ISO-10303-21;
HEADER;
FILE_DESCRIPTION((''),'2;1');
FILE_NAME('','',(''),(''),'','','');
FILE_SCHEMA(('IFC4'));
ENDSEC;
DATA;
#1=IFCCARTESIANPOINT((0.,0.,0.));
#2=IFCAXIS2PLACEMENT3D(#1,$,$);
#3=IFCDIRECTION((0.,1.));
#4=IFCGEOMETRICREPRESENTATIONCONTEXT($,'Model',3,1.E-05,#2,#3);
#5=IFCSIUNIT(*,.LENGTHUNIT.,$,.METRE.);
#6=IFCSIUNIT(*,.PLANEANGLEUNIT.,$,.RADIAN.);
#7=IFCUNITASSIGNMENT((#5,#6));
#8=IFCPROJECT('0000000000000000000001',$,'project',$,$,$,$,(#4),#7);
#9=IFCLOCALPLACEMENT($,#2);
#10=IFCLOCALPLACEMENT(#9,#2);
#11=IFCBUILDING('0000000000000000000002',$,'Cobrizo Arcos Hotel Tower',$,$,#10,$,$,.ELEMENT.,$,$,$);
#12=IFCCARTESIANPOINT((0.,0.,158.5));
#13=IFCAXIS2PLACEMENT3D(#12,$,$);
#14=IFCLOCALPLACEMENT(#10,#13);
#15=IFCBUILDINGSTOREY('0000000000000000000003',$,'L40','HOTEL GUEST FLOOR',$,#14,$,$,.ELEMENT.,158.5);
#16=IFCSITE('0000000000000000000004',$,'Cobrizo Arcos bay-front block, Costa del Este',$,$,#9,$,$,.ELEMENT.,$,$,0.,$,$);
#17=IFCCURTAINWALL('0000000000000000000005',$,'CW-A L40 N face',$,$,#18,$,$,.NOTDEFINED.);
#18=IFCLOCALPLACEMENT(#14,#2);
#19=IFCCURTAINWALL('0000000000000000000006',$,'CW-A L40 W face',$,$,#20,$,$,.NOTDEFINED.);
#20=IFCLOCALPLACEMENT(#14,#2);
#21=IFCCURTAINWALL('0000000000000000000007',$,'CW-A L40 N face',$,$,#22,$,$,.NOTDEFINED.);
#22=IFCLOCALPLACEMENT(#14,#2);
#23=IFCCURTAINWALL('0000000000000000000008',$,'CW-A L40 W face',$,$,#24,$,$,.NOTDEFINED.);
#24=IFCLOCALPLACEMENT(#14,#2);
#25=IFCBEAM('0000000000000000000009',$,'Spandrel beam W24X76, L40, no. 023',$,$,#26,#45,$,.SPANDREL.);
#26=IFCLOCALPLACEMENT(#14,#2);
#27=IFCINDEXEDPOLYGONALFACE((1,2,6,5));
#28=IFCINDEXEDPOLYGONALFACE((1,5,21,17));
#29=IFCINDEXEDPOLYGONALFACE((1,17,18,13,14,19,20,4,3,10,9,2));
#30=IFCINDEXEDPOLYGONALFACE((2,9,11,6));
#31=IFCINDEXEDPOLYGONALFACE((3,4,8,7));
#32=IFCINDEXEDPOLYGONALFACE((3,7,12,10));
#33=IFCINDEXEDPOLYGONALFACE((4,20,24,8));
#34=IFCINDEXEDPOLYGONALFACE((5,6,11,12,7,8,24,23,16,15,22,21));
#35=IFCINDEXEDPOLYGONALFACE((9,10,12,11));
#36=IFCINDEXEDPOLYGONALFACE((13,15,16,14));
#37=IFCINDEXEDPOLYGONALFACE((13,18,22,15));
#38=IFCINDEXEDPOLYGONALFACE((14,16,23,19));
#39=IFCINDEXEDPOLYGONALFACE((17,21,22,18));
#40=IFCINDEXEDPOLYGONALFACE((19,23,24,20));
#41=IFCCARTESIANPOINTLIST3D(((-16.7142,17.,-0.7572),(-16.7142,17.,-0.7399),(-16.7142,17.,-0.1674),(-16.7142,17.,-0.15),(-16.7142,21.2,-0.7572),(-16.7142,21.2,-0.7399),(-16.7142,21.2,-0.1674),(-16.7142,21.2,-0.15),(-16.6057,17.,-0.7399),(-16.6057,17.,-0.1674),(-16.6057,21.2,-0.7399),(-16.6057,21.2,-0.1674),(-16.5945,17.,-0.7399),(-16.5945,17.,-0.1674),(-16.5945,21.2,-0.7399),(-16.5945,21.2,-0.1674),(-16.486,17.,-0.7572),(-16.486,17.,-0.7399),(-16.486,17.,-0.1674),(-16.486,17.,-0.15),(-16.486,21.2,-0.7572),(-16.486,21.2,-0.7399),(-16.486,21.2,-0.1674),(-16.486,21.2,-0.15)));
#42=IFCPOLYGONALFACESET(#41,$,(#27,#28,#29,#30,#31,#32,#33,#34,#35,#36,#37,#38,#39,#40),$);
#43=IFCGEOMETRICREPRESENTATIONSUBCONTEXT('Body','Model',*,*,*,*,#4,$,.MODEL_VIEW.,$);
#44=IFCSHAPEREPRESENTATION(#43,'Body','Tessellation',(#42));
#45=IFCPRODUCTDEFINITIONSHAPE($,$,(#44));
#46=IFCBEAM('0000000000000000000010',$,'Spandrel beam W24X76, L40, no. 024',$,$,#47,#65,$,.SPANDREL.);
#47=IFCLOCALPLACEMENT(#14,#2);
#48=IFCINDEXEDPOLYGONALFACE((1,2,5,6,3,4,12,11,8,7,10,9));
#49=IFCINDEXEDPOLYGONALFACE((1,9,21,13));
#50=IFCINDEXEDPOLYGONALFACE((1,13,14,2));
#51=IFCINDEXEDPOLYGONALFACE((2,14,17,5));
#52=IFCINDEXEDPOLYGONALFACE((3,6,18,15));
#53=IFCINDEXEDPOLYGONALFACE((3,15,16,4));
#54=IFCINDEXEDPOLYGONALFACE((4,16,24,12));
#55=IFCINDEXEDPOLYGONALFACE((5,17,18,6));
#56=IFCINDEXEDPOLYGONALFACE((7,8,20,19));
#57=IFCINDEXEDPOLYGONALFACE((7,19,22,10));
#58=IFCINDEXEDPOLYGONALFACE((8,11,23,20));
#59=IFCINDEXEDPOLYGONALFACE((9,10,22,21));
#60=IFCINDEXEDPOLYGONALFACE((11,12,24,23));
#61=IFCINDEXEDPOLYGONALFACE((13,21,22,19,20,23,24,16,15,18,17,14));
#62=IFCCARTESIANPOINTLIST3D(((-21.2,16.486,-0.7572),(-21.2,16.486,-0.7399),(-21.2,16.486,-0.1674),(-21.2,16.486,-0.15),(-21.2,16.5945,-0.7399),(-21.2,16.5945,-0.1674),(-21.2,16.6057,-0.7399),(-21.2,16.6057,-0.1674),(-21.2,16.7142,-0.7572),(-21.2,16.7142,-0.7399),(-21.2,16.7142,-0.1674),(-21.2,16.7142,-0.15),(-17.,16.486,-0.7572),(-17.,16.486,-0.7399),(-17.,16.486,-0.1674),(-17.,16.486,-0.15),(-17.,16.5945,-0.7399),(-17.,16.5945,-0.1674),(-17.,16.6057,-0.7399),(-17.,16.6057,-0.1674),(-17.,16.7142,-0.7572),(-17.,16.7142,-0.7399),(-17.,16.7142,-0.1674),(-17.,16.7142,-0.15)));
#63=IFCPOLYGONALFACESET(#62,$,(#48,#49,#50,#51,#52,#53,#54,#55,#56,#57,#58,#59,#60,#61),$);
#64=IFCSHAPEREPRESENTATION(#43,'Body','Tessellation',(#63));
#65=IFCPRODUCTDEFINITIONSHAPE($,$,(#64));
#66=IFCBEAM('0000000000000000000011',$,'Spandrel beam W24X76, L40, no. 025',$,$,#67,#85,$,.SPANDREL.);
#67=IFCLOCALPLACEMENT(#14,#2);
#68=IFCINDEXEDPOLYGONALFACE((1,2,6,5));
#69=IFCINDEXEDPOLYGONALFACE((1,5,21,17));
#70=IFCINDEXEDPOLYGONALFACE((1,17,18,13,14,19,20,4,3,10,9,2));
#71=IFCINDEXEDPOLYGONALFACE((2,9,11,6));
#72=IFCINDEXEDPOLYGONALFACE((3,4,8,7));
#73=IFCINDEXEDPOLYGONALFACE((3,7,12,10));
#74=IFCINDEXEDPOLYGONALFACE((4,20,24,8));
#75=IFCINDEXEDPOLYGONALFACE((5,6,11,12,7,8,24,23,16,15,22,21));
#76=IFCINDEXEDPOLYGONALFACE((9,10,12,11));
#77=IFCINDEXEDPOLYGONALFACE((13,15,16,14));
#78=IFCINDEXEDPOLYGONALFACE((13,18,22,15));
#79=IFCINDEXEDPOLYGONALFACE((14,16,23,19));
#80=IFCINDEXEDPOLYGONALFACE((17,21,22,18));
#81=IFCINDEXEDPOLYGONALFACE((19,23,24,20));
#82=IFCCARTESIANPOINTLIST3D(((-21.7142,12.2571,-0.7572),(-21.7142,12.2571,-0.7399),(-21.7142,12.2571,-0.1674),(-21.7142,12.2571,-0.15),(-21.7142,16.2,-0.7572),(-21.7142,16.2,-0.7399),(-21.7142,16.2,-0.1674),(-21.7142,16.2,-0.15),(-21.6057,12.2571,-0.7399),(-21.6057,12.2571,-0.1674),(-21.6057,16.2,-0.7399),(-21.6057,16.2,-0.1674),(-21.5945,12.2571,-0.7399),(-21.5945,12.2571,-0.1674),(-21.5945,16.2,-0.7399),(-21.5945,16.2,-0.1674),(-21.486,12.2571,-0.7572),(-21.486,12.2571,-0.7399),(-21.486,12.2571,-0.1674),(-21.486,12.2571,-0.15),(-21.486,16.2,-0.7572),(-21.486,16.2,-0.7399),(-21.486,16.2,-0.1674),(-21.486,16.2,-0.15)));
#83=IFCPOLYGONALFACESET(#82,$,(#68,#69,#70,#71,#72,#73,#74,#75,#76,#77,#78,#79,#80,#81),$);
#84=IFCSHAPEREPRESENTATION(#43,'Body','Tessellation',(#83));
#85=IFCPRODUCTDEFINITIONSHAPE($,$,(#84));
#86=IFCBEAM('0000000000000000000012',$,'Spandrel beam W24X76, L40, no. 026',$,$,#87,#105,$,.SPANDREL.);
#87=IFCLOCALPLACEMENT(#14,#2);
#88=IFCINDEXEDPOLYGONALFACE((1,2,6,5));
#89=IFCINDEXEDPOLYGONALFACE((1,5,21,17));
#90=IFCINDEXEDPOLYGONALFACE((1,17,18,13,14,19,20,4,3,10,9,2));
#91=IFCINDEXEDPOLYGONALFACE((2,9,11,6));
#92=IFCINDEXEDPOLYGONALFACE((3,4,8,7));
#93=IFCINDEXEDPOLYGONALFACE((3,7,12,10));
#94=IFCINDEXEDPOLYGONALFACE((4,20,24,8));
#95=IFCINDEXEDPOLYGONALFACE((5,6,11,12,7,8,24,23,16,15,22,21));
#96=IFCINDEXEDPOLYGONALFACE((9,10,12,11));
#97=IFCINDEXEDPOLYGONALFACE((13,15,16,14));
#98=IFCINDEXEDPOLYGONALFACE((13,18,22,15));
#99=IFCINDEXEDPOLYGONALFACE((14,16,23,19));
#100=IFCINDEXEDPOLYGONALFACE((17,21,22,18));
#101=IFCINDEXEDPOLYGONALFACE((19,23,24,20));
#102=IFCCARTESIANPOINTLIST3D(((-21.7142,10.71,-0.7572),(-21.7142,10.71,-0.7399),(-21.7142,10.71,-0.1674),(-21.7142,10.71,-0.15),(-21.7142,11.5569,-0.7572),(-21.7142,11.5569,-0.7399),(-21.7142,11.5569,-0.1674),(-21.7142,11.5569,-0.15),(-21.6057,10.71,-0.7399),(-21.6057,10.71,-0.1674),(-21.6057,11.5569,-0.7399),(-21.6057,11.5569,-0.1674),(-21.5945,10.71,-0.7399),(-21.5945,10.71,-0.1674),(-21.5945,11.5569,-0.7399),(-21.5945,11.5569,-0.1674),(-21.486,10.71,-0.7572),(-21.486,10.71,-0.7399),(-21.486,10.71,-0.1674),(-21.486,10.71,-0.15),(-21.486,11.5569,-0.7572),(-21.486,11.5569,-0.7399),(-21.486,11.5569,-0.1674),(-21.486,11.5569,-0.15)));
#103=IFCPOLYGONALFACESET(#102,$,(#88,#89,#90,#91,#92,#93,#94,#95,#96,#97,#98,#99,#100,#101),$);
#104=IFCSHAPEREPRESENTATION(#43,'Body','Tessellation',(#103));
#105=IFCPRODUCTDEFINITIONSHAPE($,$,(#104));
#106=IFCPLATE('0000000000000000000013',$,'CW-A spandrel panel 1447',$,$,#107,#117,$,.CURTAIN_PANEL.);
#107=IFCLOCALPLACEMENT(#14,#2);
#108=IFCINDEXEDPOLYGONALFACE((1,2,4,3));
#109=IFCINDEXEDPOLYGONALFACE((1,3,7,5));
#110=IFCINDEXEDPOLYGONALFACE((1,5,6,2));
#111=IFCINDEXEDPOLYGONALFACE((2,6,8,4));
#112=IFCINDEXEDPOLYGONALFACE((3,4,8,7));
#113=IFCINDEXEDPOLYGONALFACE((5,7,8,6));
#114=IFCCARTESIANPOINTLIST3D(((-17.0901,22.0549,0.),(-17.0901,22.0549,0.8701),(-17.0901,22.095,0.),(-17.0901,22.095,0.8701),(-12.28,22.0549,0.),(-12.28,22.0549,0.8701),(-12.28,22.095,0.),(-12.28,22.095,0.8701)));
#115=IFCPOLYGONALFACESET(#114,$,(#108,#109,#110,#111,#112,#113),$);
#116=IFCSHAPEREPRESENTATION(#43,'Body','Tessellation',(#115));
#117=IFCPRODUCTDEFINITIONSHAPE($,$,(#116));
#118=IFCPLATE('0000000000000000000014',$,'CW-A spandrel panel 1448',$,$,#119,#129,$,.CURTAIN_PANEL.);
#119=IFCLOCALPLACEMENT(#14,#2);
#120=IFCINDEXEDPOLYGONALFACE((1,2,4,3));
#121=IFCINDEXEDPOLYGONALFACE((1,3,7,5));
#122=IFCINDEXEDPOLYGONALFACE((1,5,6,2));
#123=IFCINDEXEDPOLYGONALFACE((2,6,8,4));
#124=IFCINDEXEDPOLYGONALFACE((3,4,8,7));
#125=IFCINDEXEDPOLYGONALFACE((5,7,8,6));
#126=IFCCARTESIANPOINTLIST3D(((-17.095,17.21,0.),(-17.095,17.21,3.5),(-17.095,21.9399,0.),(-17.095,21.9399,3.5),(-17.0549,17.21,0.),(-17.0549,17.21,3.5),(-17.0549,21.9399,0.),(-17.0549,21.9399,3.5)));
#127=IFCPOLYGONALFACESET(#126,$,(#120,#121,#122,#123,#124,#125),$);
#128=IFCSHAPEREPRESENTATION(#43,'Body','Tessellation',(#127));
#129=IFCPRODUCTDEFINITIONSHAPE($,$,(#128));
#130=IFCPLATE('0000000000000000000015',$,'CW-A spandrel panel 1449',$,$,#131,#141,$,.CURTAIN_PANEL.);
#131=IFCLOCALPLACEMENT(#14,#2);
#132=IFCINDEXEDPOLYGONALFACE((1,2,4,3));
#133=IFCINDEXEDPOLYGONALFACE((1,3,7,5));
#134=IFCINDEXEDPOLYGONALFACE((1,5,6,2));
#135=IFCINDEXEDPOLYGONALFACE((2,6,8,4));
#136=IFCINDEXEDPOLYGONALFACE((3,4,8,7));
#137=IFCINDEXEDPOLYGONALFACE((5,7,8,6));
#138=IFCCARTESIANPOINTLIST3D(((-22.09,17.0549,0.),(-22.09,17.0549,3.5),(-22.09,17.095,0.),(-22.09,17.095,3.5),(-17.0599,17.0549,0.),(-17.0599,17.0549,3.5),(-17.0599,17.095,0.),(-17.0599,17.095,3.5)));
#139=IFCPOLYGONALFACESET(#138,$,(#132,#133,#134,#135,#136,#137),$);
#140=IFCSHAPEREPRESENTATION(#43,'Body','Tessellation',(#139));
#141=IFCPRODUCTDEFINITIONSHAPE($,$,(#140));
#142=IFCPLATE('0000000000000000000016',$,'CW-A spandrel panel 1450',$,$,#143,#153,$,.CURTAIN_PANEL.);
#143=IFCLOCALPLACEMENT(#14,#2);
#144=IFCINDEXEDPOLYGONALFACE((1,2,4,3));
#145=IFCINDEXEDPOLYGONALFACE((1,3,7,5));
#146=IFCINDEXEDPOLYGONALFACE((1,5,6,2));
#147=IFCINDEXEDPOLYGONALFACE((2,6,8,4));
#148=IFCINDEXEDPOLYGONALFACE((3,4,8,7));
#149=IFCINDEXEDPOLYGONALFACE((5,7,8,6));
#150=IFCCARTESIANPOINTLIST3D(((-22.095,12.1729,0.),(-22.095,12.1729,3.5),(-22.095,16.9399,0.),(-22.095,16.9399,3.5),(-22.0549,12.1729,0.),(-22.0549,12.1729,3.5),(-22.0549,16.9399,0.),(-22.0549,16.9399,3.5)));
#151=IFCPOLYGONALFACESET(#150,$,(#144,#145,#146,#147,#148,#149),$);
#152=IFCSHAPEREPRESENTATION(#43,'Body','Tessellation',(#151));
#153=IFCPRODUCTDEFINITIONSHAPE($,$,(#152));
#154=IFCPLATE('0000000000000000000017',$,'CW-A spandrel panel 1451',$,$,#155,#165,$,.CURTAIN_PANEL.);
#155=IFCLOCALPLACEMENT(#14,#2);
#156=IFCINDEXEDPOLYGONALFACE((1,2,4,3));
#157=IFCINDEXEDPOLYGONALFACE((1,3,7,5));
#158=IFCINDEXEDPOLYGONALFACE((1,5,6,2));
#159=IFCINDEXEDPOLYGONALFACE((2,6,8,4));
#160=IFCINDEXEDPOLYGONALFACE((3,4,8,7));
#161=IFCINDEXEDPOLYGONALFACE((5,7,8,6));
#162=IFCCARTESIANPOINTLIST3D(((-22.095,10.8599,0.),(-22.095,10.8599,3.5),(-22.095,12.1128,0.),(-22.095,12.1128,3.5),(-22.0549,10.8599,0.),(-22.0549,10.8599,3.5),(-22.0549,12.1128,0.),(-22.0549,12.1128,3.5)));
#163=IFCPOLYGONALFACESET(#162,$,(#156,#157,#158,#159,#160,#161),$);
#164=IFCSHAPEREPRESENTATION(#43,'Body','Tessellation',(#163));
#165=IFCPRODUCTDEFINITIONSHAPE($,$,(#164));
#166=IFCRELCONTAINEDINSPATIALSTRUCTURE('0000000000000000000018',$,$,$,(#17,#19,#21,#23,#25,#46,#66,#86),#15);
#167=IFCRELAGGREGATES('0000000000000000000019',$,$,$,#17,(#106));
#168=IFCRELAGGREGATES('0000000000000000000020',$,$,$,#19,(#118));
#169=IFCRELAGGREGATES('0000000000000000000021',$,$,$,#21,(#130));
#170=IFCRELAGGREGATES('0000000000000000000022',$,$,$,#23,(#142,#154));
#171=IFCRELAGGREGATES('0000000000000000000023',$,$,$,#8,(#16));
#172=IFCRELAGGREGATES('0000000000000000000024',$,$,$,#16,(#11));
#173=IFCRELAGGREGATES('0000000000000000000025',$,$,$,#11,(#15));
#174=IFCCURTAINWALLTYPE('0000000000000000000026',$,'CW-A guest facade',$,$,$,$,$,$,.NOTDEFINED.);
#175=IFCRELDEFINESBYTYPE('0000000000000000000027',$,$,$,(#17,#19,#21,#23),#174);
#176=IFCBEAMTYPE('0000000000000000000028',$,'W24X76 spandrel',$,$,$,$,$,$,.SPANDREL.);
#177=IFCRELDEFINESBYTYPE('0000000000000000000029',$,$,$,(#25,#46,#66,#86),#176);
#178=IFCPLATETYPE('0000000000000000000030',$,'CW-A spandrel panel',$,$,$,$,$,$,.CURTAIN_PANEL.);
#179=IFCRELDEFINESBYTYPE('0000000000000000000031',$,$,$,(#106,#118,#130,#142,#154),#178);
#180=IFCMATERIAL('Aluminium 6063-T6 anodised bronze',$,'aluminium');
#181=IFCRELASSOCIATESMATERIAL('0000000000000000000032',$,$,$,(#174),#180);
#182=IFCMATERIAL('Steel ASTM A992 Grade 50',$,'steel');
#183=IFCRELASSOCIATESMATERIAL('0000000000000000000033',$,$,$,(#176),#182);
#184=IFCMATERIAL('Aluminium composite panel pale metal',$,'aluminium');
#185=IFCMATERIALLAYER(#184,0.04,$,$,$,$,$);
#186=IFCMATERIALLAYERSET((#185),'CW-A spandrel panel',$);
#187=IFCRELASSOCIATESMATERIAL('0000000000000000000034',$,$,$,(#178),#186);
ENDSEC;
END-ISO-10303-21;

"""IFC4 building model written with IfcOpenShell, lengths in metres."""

from ifc_helpers import new_model, si_unit, direction, frame, origin, origin_2d, place, context, subcontext, project, spatial, rectangle, i_section, extrude, material, layer, layer_set, material_profile, profile_set, type_object, element, aggregate, save


model = new_model("IFC4")

# Units and contexts
model_context = context("Model", 3, precision=1e-05, world=origin(), true_north=direction((0.0, 1.0)))
body_context = subcontext(model_context, "Body", "Model", "MODEL_VIEW")
ifc_project = project(units=[si_unit("LENGTHUNIT", "METRE"), si_unit("PLANEANGLEUNIT", "RADIAN")], contexts=[model_context])

# Site, building, storey
site_placement = place(None, origin())
site = spatial("IfcSite", under=ifc_project, at=site_placement, Name="Cobrizo Arcos bay-front block, Costa del Este", CompositionType="ELEMENT", RefElevation=0.0)
building_placement = place(site_placement, origin())
building = spatial("IfcBuilding", under=site, at=building_placement, Name="Cobrizo Arcos Hotel Tower", CompositionType="ELEMENT")
storey_placement = place(building_placement, frame((0.0, 0.0, 158.5)))
storey = spatial("IfcBuildingStorey", under=building, at=storey_placement, Name="L40", Description="HOTEL GUEST FLOOR", CompositionType="ELEMENT", Elevation=158.5)

# Curtain wall
ifc_material_1 = material(Name="Aluminium 6063-T6 anodised bronze", Category="aluminium")
curtain_wall_type = type_object("IfcCurtainWallType", Name="CW-A guest facade", PredefinedType="NOTDEFINED", material=ifc_material_1)
curtain_wall_1_placement = place(storey_placement, origin())
curtain_wall_1 = element("IfcCurtainWall", 1, at=curtain_wall_1_placement, inside=storey, type_object=curtain_wall_type, Name="CW-A L40 N face", PredefinedType="NOTDEFINED")

# Curtain walls
curtain_wall_2_placement = place(storey_placement, origin())
curtain_wall_2 = element("IfcCurtainWall", 2, at=curtain_wall_2_placement, inside=storey, type_object=curtain_wall_type, Name="CW-A L40 W face", PredefinedType="NOTDEFINED")
curtain_wall_3_placement = place(storey_placement, origin())
curtain_wall_3 = element("IfcCurtainWall", 3, at=curtain_wall_3_placement, inside=storey, type_object=curtain_wall_type, Name="CW-A L40 N face", PredefinedType="NOTDEFINED")
curtain_wall_4_placement = place(storey_placement, origin())
curtain_wall_4 = element("IfcCurtainWall", 4, at=curtain_wall_4_placement, inside=storey, type_object=curtain_wall_type, Name="CW-A L40 W face", PredefinedType="NOTDEFINED")

# Beams
ifc_material_2 = material(Name="Steel ASTM A992 Grade 50", Category="steel")
ifc_material_profile_1 = material_profile(ifc_material_2, i_section(OverallWidth=0.2283, OverallDepth=0.6072, WebThickness=0.0112, FlangeThickness=0.0173, at=origin_2d()), Name="W24X76")
ifc_profile_set_1 = profile_set([ifc_material_profile_1], Name="Steel ASTM A992 Grade 50")
beam_type_1 = type_object("IfcBeamType", Name="W24X76 spandrel", PredefinedType="SPANDREL", material=ifc_profile_set_1)
for number, where, z_axis, x_axis, name in (
    (5, (-16.6001, 21.2, -0.4536), (0.0, -1.0, 0.0), (1.0, 0.0, 0.0), "Spandrel beam W24X76, L40, no. 023"),
    (6, (-17.0, 16.6001, -0.4536), (-1.0, 0.0, 0.0), (0.0, -1.0, 0.0), "Spandrel beam W24X76, L40, no. 024"),
):
    element("IfcBeam", number, at=place(storey_placement, frame(where, z_axis=z_axis, x_axis=x_axis)), inside=storey, type_object=beam_type_1, Name=name, PredefinedType="SPANDREL", context=body_context, shape_type="SweptSolid", body=[
        extrude(i_section(OverallWidth=0.2283, OverallDepth=0.6072, WebThickness=0.0112, FlangeThickness=0.0173, at=origin_2d()), origin(), (0.0, 0.0, 1.0), 4.2),
    ])
beam_1_placement = place(storey_placement, frame((-21.6001, 16.2, -0.4536), z_axis=(0.0, -1.0, 0.0), x_axis=(1.0, 0.0, 0.0)))
element("IfcBeam", 7, at=beam_1_placement, inside=storey, type_object=beam_type_1, Name="Spandrel beam W24X76, L40, no. 025", PredefinedType="SPANDREL", context=body_context, shape_type="SweptSolid", body=[
    extrude(i_section(OverallWidth=0.2283, OverallDepth=0.6072, WebThickness=0.0112, FlangeThickness=0.0173, at=origin_2d()), origin(), (0.0, 0.0, 1.0), 3.9429),
])
beam_2_placement = place(storey_placement, frame((-21.6001, 11.5569, -0.4536), z_axis=(0.0, -1.0, 0.0), x_axis=(1.0, 0.0, 0.0)))
element("IfcBeam", 8, at=beam_2_placement, inside=storey, type_object=beam_type_1, Name="Spandrel beam W24X76, L40, no. 026", PredefinedType="SPANDREL", context=body_context, shape_type="SweptSolid", body=[
    extrude(i_section(OverallWidth=0.2283, OverallDepth=0.6072, WebThickness=0.0112, FlangeThickness=0.0173, at=origin_2d()), origin(), (0.0, 0.0, 1.0), 0.8469),
])

# Plates
ifc_material_3 = material(Name="Aluminium composite panel pale metal", Category="aluminium")
ifc_layer_1 = layer(ifc_material_3, 0.04)
ifc_layer_set_1 = layer_set([ifc_layer_1], Name="CW-A spandrel panel")
plate_type = type_object("IfcPlateType", Name="CW-A spandrel panel", PredefinedType="CURTAIN_PANEL", material=ifc_layer_set_1)
plate_1_placement = place(storey_placement, frame((-14.6851, 22.075, 0.0), z_axis=(0.0, 0.0, 1.0), x_axis=(-1.0, 0.0, 0.0)))
plate_1 = element("IfcPlate", 9, at=plate_1_placement, type_object=plate_type, Name="CW-A spandrel panel 1447", PredefinedType="CURTAIN_PANEL", context=body_context, shape_type="SweptSolid", body=[
    extrude(rectangle(XDim=4.8101, YDim=0.04, at=origin_2d()), origin(), (0.0, 0.0, 1.0), 0.8701),
])
aggregate(curtain_wall_1, [plate_1])
plate_2_placement = place(storey_placement, frame((-17.075, 19.575, 0.0), z_axis=(0.0, 0.0, 1.0), x_axis=(0.0, -1.0, 0.0)))
plate_2 = element("IfcPlate", 10, at=plate_2_placement, type_object=plate_type, Name="CW-A spandrel panel 1448", PredefinedType="CURTAIN_PANEL", context=body_context, shape_type="SweptSolid", body=[
    extrude(rectangle(XDim=4.73, YDim=0.04, at=origin_2d()), origin(), (0.0, 0.0, 1.0), 3.5),
])
aggregate(curtain_wall_2, [plate_2])
plate_3_placement = place(storey_placement, frame((-19.575, 17.075, 0.0), z_axis=(0.0, 0.0, 1.0), x_axis=(-1.0, 0.0, 0.0)))
plate_3 = element("IfcPlate", 11, at=plate_3_placement, type_object=plate_type, Name="CW-A spandrel panel 1449", PredefinedType="CURTAIN_PANEL", context=body_context, shape_type="SweptSolid", body=[
    extrude(rectangle(XDim=5.03, YDim=0.04, at=origin_2d()), origin(), (0.0, 0.0, 1.0), 3.5),
])
aggregate(curtain_wall_3, [plate_3])
plate_4_placement = place(storey_placement, frame((-22.075, 14.5564, 0.0), z_axis=(0.0, 0.0, 1.0), x_axis=(0.0, -1.0, 0.0)))
plate_4 = element("IfcPlate", 12, at=plate_4_placement, type_object=plate_type, Name="CW-A spandrel panel 1450", PredefinedType="CURTAIN_PANEL", context=body_context, shape_type="SweptSolid", body=[
    extrude(rectangle(XDim=4.7671, YDim=0.04, at=origin_2d()), origin(), (0.0, 0.0, 1.0), 3.5),
])
plate_5_placement = place(storey_placement, frame((-22.075, 11.4863, 0.0), z_axis=(0.0, 0.0, 1.0), x_axis=(0.0, -1.0, 0.0)))
plate_5 = element("IfcPlate", 13, at=plate_5_placement, type_object=plate_type, Name="CW-A spandrel panel 1451", PredefinedType="CURTAIN_PANEL", context=body_context, shape_type="SweptSolid", body=[
    extrude(rectangle(XDim=1.2529, YDim=0.04, at=origin_2d()), origin(), (0.0, 0.0, 1.0), 3.5),
])
aggregate(curtain_wall_4, [plate_4, plate_5])

save(model, "model.ifc")
